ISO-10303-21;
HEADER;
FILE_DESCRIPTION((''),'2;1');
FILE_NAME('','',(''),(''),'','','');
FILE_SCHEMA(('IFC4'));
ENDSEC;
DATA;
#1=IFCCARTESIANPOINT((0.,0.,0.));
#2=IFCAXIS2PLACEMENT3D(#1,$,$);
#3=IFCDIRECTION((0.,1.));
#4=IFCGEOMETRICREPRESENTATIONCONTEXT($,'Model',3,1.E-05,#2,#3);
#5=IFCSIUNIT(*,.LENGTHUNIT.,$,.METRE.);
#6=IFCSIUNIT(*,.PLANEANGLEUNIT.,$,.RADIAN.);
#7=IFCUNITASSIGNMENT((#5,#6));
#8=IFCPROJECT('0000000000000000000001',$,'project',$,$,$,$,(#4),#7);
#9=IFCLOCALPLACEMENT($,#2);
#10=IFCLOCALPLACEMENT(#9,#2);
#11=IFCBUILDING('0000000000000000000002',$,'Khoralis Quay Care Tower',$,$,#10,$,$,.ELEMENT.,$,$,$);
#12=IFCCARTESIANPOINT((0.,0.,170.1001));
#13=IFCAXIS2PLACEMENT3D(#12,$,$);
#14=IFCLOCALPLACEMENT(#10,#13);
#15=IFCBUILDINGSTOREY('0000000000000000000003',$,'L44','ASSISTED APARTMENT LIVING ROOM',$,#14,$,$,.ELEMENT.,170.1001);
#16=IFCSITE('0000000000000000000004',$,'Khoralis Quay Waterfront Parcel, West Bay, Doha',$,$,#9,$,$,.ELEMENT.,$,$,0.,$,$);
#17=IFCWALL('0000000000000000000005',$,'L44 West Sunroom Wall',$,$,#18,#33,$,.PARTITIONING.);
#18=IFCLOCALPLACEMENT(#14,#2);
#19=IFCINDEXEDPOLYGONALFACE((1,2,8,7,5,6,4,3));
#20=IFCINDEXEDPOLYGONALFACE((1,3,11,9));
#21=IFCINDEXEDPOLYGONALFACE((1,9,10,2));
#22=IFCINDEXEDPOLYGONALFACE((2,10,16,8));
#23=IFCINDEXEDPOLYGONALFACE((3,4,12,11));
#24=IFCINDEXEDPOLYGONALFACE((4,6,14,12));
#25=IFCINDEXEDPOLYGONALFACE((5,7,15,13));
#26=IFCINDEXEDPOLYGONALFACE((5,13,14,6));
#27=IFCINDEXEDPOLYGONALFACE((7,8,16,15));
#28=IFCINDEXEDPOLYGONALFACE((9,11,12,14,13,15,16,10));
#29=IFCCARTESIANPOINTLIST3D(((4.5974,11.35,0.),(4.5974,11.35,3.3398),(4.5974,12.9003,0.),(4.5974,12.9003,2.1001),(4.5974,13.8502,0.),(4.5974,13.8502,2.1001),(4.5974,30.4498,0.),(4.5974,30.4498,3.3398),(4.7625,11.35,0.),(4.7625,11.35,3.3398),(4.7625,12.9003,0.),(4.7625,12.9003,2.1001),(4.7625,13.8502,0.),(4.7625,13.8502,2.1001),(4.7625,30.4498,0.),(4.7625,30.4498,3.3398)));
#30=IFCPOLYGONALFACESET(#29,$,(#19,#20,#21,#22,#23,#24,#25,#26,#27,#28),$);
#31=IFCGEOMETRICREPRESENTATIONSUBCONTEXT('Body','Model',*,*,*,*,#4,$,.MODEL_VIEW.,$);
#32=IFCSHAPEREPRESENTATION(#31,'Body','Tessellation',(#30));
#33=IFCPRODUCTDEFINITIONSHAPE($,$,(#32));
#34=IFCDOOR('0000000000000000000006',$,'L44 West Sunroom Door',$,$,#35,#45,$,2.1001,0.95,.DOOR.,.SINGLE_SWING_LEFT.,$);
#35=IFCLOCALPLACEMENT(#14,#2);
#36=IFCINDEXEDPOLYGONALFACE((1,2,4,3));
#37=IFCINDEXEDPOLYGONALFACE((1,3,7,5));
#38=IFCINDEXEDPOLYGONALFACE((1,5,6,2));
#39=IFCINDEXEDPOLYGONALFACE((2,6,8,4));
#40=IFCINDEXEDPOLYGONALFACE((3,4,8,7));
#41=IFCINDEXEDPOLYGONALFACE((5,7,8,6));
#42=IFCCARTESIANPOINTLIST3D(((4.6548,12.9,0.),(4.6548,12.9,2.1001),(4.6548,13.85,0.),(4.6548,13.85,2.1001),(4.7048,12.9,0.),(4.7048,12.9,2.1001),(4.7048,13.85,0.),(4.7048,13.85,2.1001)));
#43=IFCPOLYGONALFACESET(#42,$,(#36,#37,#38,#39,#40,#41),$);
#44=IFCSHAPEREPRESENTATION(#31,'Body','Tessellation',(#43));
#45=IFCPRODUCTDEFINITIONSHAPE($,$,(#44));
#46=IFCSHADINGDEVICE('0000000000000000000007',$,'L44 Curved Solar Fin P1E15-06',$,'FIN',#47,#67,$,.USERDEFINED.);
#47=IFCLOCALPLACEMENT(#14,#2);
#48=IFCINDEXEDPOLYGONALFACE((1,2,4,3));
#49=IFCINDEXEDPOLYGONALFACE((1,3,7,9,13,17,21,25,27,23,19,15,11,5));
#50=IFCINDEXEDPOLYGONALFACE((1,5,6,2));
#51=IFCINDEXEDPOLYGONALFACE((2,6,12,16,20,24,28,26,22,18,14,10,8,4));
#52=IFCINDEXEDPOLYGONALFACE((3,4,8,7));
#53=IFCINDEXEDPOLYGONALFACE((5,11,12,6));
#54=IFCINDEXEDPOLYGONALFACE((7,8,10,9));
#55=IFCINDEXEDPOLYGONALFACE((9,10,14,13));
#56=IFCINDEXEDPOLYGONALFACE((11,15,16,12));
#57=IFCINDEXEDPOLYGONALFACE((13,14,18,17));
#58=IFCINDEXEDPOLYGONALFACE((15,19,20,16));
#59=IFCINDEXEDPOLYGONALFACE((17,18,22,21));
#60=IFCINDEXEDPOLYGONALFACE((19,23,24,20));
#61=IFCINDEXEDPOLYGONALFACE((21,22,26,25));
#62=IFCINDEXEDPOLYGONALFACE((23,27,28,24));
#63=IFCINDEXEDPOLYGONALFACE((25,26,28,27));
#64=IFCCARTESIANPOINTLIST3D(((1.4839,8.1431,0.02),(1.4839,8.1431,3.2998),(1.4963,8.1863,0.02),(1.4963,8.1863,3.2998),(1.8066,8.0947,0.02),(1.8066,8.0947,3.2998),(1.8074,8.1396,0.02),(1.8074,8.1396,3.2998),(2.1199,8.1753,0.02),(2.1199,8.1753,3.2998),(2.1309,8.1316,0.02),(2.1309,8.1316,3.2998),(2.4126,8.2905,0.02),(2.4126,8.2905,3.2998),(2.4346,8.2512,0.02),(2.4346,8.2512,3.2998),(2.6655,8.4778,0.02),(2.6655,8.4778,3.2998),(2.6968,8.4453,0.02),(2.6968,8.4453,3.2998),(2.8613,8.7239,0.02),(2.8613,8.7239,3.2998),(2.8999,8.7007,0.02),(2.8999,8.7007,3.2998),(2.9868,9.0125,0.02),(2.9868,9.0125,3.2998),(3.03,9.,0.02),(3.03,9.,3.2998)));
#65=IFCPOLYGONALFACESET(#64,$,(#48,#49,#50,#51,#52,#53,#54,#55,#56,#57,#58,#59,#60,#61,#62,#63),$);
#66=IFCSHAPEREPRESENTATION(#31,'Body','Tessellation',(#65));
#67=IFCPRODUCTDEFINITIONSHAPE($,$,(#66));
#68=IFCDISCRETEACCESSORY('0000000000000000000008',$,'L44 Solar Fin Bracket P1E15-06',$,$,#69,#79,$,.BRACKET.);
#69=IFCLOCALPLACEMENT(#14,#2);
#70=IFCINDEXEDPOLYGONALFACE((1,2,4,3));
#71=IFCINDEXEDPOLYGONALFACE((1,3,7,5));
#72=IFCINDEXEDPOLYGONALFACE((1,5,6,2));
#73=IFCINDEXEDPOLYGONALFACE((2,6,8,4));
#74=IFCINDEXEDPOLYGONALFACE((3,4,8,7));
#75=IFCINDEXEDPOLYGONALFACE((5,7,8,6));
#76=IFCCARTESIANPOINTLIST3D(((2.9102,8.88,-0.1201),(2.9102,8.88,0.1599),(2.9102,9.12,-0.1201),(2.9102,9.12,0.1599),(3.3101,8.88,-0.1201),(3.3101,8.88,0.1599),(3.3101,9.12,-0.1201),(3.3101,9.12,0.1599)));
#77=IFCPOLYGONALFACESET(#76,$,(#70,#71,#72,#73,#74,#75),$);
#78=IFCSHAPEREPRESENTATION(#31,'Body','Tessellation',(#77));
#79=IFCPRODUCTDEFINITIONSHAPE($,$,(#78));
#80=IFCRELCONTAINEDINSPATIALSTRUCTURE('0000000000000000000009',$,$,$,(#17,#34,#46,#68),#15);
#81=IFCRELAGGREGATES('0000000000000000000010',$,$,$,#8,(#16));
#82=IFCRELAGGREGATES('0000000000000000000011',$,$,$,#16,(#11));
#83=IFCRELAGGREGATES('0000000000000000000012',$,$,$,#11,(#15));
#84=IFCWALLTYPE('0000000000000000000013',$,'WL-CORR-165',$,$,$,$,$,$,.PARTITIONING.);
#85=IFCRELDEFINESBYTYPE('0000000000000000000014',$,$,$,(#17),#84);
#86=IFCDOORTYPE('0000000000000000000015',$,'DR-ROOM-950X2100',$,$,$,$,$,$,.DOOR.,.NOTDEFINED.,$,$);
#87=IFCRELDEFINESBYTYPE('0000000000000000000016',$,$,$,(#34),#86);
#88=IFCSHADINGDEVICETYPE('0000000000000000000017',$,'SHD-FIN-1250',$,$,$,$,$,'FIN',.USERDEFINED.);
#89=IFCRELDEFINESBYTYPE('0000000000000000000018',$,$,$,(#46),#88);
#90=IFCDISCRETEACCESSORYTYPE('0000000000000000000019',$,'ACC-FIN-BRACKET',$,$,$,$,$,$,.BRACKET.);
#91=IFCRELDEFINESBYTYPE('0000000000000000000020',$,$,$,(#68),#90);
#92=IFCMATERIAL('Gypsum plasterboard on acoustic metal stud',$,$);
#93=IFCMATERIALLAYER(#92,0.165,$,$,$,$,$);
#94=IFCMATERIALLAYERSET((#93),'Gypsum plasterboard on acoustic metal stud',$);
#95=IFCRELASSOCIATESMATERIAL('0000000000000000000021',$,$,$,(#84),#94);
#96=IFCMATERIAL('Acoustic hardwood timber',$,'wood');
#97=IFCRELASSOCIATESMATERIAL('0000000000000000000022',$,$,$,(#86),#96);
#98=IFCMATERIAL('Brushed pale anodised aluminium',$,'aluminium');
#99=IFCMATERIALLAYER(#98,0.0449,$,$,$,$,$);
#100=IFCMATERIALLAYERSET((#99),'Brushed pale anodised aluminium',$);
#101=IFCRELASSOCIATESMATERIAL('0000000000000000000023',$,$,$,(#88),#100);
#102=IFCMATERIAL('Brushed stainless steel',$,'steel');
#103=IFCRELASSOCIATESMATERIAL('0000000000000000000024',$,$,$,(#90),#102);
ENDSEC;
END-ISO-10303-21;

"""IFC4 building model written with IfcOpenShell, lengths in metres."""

from ifc_helpers import new_model, si_unit, direction, frame, frame_2d, origin, origin_2d, place, context, subcontext, project, spatial, polyline, rectangle, outline, extrude, source, transform, mapped, material, layer, layer_set, type_object, element, fill, save


model = new_model("IFC4")

# Units and contexts
model_context = context("Model", 3, precision=1e-05, world=origin(), true_north=direction((0.0, 1.0)))
body_context = subcontext(model_context, "Body", "Model", "MODEL_VIEW")
ifc_project = project(units=[si_unit("LENGTHUNIT", "METRE"), si_unit("PLANEANGLEUNIT", "RADIAN")], contexts=[model_context])

# Site, building, storey
site_placement = place(None, origin())
site = spatial("IfcSite", under=ifc_project, at=site_placement, Name="Khoralis Quay Waterfront Parcel, West Bay, Doha", CompositionType="ELEMENT", RefElevation=0.0)
building_placement = place(site_placement, origin())
building = spatial("IfcBuilding", under=site, at=building_placement, Name="Khoralis Quay Care Tower", CompositionType="ELEMENT")
storey_placement = place(building_placement, frame((0.0, 0.0, 170.1001)))
storey = spatial("IfcBuildingStorey", under=building, at=storey_placement, Name="L44", Description="ASSISTED APARTMENT LIVING ROOM", CompositionType="ELEMENT", Elevation=170.1001)

# Shared definitions
ifc_material_1 = material(Name="Gypsum plasterboard on acoustic metal stud")

# Shared definitions
ifc_layer_1 = layer(ifc_material_1, 0.165)
ifc_layer_set_1 = layer_set([ifc_layer_1], Name="Gypsum plasterboard on acoustic metal stud")
wall_type_1 = type_object("IfcWallType", Name="WL-CORR-165", PredefinedType="PARTITIONING", material=ifc_layer_set_1)
ifc_material_2 = material(Name="Acoustic hardwood timber", Category="wood")
door_type_1 = type_object("IfcDoorType", Name="DR-ROOM-950X2100", OperationType="NOTDEFINED", PredefinedType="DOOR", material=ifc_material_2)
shared_shape_1 = source(origin(), body_context, "Body", "SweptSolid", [
    extrude(rectangle(XDim=0.95, YDim=2.1001, at=frame_2d((0.4751, 1.05))), frame((0.0, 0.0249, 0.0), z_axis=(0.0, -1.0, 0.0), x_axis=(1.0, 0.0, 0.0)), (0.0, 0.0, 1.0), 0.05),
])

# Wall, opening, door
wall_1_placement = place(storey_placement, frame((4.6799, 11.3501, 0.0), z_axis=(0.0, 0.0, 1.0), x_axis=(0.0, 1.0, 0.0)))
wall_1 = element("IfcWall", 1, at=wall_1_placement, inside=storey, type_object=wall_type_1, Name="L44 West Sunroom Wall", PredefinedType="PARTITIONING", context=body_context, shape_type="SweptSolid", body=[
    extrude(rectangle(XDim=19.0999, YDim=0.165, at=frame_2d((9.5498, 0.0))), origin(), (0.0, 0.0, 1.0), 3.3398),
])
opening_1_placement = place(wall_1_placement, frame((1.55, 0.0, 0.0)))
opening_1 = element("IfcOpeningElement", 2, at=opening_1_placement, cuts=wall_1, PredefinedType="OPENING", context=body_context, shape_type="SweptSolid", body=[
    extrude(rectangle(XDim=0.95, YDim=2.1001, at=frame_2d((0.4751, 1.05))), frame((0.0, 0.0925, 0.0), z_axis=(0.0, -1.0, 0.0), x_axis=(1.0, 0.0, 0.0)), (0.0, 0.0, 1.0), 0.1851),
])
door_1_placement = place(opening_1_placement, frame((0.95, 0.0, 0.0), z_axis=(0.0, 0.0, 1.0), x_axis=(-1.0, 0.0, 0.0)))
door_1 = element("IfcDoor", 3, at=door_1_placement, inside=storey, type_object=door_type_1, Name="L44 West Sunroom Door", OperationType="SINGLE_SWING_LEFT", OverallHeight=2.1001, OverallWidth=0.95, PredefinedType="DOOR", context=body_context, shape_type="MappedRepresentation", body=[
    mapped(shared_shape_1, transform((0.0, 0.0, 0.0), scale=1.0)),
])
fill(opening_1, door_1)

# Shading device
ifc_material_3 = material(Name="Brushed pale anodised aluminium", Category="aluminium")
ifc_layer_2 = layer(ifc_material_3, 0.0449)
ifc_layer_set_2 = layer_set([ifc_layer_2], Name="Brushed pale anodised aluminium")
shading_device_type = type_object("IfcShadingDeviceType", Name="SHD-FIN-1250", ElementType="FIN", PredefinedType="USERDEFINED", material=ifc_layer_set_2)
shared_shape_2 = source(origin(), body_context, "Body", "SweptSolid", [
    extrude(outline(polyline([(0.0, 0.0), (0.1301, 0.2993), (0.3333, 0.5547), (0.5955, 0.7488), (0.8992, 0.8684), (1.2234, 0.9053), (1.5461, 0.8569), (1.5337, 0.8137), (1.2227, 0.8604), (0.9102, 0.8247), (0.6174, 0.7095), (0.3645, 0.5222), (0.1687, 0.2761), (0.0432, -0.0125), (0.0, 0.0)])), origin(), (0.0, 0.0, 1.0), 3.2798),
])
shading_device_placement = place(storey_placement, frame((3.03, 9.0, 0.02), z_axis=(0.0, 0.0, 1.0), x_axis=(-1.0, 0.0, 0.0)))
element("IfcShadingDevice", 4, at=shading_device_placement, inside=storey, type_object=shading_device_type, Name="L44 Curved Solar Fin P1E15-06", ObjectType="FIN", PredefinedType="USERDEFINED", context=body_context, shape_type="MappedRepresentation", body=[
    mapped(shared_shape_2, transform((0.0, 0.0, 0.0), scale=1.0)),
])

# Discrete accessory
ifc_material_4 = material(Name="Brushed stainless steel", Category="steel")
discrete_accessory_type = type_object("IfcDiscreteAccessoryType", Name="ACC-FIN-BRACKET", PredefinedType="BRACKET", material=ifc_material_4)
shared_shape_3 = source(origin(), body_context, "Body", "SweptSolid", [
    extrude(rectangle(XDim=0.3999, YDim=0.24, at=origin_2d()), origin(), (0.0, 0.0, 1.0), 0.28),
])
discrete_accessory_placement = place(storey_placement, frame((3.1101, 9.0, -0.1201), z_axis=(0.0, 0.0, 1.0), x_axis=(-1.0, 0.0, 0.0)))
element("IfcDiscreteAccessory", 5, at=discrete_accessory_placement, inside=storey, type_object=discrete_accessory_type, Name="L44 Solar Fin Bracket P1E15-06", PredefinedType="BRACKET", context=body_context, shape_type="MappedRepresentation", body=[
    mapped(shared_shape_3, transform((0.0, 0.0, 0.0), scale=1.0)),
])

save(model, "model.ifc")
